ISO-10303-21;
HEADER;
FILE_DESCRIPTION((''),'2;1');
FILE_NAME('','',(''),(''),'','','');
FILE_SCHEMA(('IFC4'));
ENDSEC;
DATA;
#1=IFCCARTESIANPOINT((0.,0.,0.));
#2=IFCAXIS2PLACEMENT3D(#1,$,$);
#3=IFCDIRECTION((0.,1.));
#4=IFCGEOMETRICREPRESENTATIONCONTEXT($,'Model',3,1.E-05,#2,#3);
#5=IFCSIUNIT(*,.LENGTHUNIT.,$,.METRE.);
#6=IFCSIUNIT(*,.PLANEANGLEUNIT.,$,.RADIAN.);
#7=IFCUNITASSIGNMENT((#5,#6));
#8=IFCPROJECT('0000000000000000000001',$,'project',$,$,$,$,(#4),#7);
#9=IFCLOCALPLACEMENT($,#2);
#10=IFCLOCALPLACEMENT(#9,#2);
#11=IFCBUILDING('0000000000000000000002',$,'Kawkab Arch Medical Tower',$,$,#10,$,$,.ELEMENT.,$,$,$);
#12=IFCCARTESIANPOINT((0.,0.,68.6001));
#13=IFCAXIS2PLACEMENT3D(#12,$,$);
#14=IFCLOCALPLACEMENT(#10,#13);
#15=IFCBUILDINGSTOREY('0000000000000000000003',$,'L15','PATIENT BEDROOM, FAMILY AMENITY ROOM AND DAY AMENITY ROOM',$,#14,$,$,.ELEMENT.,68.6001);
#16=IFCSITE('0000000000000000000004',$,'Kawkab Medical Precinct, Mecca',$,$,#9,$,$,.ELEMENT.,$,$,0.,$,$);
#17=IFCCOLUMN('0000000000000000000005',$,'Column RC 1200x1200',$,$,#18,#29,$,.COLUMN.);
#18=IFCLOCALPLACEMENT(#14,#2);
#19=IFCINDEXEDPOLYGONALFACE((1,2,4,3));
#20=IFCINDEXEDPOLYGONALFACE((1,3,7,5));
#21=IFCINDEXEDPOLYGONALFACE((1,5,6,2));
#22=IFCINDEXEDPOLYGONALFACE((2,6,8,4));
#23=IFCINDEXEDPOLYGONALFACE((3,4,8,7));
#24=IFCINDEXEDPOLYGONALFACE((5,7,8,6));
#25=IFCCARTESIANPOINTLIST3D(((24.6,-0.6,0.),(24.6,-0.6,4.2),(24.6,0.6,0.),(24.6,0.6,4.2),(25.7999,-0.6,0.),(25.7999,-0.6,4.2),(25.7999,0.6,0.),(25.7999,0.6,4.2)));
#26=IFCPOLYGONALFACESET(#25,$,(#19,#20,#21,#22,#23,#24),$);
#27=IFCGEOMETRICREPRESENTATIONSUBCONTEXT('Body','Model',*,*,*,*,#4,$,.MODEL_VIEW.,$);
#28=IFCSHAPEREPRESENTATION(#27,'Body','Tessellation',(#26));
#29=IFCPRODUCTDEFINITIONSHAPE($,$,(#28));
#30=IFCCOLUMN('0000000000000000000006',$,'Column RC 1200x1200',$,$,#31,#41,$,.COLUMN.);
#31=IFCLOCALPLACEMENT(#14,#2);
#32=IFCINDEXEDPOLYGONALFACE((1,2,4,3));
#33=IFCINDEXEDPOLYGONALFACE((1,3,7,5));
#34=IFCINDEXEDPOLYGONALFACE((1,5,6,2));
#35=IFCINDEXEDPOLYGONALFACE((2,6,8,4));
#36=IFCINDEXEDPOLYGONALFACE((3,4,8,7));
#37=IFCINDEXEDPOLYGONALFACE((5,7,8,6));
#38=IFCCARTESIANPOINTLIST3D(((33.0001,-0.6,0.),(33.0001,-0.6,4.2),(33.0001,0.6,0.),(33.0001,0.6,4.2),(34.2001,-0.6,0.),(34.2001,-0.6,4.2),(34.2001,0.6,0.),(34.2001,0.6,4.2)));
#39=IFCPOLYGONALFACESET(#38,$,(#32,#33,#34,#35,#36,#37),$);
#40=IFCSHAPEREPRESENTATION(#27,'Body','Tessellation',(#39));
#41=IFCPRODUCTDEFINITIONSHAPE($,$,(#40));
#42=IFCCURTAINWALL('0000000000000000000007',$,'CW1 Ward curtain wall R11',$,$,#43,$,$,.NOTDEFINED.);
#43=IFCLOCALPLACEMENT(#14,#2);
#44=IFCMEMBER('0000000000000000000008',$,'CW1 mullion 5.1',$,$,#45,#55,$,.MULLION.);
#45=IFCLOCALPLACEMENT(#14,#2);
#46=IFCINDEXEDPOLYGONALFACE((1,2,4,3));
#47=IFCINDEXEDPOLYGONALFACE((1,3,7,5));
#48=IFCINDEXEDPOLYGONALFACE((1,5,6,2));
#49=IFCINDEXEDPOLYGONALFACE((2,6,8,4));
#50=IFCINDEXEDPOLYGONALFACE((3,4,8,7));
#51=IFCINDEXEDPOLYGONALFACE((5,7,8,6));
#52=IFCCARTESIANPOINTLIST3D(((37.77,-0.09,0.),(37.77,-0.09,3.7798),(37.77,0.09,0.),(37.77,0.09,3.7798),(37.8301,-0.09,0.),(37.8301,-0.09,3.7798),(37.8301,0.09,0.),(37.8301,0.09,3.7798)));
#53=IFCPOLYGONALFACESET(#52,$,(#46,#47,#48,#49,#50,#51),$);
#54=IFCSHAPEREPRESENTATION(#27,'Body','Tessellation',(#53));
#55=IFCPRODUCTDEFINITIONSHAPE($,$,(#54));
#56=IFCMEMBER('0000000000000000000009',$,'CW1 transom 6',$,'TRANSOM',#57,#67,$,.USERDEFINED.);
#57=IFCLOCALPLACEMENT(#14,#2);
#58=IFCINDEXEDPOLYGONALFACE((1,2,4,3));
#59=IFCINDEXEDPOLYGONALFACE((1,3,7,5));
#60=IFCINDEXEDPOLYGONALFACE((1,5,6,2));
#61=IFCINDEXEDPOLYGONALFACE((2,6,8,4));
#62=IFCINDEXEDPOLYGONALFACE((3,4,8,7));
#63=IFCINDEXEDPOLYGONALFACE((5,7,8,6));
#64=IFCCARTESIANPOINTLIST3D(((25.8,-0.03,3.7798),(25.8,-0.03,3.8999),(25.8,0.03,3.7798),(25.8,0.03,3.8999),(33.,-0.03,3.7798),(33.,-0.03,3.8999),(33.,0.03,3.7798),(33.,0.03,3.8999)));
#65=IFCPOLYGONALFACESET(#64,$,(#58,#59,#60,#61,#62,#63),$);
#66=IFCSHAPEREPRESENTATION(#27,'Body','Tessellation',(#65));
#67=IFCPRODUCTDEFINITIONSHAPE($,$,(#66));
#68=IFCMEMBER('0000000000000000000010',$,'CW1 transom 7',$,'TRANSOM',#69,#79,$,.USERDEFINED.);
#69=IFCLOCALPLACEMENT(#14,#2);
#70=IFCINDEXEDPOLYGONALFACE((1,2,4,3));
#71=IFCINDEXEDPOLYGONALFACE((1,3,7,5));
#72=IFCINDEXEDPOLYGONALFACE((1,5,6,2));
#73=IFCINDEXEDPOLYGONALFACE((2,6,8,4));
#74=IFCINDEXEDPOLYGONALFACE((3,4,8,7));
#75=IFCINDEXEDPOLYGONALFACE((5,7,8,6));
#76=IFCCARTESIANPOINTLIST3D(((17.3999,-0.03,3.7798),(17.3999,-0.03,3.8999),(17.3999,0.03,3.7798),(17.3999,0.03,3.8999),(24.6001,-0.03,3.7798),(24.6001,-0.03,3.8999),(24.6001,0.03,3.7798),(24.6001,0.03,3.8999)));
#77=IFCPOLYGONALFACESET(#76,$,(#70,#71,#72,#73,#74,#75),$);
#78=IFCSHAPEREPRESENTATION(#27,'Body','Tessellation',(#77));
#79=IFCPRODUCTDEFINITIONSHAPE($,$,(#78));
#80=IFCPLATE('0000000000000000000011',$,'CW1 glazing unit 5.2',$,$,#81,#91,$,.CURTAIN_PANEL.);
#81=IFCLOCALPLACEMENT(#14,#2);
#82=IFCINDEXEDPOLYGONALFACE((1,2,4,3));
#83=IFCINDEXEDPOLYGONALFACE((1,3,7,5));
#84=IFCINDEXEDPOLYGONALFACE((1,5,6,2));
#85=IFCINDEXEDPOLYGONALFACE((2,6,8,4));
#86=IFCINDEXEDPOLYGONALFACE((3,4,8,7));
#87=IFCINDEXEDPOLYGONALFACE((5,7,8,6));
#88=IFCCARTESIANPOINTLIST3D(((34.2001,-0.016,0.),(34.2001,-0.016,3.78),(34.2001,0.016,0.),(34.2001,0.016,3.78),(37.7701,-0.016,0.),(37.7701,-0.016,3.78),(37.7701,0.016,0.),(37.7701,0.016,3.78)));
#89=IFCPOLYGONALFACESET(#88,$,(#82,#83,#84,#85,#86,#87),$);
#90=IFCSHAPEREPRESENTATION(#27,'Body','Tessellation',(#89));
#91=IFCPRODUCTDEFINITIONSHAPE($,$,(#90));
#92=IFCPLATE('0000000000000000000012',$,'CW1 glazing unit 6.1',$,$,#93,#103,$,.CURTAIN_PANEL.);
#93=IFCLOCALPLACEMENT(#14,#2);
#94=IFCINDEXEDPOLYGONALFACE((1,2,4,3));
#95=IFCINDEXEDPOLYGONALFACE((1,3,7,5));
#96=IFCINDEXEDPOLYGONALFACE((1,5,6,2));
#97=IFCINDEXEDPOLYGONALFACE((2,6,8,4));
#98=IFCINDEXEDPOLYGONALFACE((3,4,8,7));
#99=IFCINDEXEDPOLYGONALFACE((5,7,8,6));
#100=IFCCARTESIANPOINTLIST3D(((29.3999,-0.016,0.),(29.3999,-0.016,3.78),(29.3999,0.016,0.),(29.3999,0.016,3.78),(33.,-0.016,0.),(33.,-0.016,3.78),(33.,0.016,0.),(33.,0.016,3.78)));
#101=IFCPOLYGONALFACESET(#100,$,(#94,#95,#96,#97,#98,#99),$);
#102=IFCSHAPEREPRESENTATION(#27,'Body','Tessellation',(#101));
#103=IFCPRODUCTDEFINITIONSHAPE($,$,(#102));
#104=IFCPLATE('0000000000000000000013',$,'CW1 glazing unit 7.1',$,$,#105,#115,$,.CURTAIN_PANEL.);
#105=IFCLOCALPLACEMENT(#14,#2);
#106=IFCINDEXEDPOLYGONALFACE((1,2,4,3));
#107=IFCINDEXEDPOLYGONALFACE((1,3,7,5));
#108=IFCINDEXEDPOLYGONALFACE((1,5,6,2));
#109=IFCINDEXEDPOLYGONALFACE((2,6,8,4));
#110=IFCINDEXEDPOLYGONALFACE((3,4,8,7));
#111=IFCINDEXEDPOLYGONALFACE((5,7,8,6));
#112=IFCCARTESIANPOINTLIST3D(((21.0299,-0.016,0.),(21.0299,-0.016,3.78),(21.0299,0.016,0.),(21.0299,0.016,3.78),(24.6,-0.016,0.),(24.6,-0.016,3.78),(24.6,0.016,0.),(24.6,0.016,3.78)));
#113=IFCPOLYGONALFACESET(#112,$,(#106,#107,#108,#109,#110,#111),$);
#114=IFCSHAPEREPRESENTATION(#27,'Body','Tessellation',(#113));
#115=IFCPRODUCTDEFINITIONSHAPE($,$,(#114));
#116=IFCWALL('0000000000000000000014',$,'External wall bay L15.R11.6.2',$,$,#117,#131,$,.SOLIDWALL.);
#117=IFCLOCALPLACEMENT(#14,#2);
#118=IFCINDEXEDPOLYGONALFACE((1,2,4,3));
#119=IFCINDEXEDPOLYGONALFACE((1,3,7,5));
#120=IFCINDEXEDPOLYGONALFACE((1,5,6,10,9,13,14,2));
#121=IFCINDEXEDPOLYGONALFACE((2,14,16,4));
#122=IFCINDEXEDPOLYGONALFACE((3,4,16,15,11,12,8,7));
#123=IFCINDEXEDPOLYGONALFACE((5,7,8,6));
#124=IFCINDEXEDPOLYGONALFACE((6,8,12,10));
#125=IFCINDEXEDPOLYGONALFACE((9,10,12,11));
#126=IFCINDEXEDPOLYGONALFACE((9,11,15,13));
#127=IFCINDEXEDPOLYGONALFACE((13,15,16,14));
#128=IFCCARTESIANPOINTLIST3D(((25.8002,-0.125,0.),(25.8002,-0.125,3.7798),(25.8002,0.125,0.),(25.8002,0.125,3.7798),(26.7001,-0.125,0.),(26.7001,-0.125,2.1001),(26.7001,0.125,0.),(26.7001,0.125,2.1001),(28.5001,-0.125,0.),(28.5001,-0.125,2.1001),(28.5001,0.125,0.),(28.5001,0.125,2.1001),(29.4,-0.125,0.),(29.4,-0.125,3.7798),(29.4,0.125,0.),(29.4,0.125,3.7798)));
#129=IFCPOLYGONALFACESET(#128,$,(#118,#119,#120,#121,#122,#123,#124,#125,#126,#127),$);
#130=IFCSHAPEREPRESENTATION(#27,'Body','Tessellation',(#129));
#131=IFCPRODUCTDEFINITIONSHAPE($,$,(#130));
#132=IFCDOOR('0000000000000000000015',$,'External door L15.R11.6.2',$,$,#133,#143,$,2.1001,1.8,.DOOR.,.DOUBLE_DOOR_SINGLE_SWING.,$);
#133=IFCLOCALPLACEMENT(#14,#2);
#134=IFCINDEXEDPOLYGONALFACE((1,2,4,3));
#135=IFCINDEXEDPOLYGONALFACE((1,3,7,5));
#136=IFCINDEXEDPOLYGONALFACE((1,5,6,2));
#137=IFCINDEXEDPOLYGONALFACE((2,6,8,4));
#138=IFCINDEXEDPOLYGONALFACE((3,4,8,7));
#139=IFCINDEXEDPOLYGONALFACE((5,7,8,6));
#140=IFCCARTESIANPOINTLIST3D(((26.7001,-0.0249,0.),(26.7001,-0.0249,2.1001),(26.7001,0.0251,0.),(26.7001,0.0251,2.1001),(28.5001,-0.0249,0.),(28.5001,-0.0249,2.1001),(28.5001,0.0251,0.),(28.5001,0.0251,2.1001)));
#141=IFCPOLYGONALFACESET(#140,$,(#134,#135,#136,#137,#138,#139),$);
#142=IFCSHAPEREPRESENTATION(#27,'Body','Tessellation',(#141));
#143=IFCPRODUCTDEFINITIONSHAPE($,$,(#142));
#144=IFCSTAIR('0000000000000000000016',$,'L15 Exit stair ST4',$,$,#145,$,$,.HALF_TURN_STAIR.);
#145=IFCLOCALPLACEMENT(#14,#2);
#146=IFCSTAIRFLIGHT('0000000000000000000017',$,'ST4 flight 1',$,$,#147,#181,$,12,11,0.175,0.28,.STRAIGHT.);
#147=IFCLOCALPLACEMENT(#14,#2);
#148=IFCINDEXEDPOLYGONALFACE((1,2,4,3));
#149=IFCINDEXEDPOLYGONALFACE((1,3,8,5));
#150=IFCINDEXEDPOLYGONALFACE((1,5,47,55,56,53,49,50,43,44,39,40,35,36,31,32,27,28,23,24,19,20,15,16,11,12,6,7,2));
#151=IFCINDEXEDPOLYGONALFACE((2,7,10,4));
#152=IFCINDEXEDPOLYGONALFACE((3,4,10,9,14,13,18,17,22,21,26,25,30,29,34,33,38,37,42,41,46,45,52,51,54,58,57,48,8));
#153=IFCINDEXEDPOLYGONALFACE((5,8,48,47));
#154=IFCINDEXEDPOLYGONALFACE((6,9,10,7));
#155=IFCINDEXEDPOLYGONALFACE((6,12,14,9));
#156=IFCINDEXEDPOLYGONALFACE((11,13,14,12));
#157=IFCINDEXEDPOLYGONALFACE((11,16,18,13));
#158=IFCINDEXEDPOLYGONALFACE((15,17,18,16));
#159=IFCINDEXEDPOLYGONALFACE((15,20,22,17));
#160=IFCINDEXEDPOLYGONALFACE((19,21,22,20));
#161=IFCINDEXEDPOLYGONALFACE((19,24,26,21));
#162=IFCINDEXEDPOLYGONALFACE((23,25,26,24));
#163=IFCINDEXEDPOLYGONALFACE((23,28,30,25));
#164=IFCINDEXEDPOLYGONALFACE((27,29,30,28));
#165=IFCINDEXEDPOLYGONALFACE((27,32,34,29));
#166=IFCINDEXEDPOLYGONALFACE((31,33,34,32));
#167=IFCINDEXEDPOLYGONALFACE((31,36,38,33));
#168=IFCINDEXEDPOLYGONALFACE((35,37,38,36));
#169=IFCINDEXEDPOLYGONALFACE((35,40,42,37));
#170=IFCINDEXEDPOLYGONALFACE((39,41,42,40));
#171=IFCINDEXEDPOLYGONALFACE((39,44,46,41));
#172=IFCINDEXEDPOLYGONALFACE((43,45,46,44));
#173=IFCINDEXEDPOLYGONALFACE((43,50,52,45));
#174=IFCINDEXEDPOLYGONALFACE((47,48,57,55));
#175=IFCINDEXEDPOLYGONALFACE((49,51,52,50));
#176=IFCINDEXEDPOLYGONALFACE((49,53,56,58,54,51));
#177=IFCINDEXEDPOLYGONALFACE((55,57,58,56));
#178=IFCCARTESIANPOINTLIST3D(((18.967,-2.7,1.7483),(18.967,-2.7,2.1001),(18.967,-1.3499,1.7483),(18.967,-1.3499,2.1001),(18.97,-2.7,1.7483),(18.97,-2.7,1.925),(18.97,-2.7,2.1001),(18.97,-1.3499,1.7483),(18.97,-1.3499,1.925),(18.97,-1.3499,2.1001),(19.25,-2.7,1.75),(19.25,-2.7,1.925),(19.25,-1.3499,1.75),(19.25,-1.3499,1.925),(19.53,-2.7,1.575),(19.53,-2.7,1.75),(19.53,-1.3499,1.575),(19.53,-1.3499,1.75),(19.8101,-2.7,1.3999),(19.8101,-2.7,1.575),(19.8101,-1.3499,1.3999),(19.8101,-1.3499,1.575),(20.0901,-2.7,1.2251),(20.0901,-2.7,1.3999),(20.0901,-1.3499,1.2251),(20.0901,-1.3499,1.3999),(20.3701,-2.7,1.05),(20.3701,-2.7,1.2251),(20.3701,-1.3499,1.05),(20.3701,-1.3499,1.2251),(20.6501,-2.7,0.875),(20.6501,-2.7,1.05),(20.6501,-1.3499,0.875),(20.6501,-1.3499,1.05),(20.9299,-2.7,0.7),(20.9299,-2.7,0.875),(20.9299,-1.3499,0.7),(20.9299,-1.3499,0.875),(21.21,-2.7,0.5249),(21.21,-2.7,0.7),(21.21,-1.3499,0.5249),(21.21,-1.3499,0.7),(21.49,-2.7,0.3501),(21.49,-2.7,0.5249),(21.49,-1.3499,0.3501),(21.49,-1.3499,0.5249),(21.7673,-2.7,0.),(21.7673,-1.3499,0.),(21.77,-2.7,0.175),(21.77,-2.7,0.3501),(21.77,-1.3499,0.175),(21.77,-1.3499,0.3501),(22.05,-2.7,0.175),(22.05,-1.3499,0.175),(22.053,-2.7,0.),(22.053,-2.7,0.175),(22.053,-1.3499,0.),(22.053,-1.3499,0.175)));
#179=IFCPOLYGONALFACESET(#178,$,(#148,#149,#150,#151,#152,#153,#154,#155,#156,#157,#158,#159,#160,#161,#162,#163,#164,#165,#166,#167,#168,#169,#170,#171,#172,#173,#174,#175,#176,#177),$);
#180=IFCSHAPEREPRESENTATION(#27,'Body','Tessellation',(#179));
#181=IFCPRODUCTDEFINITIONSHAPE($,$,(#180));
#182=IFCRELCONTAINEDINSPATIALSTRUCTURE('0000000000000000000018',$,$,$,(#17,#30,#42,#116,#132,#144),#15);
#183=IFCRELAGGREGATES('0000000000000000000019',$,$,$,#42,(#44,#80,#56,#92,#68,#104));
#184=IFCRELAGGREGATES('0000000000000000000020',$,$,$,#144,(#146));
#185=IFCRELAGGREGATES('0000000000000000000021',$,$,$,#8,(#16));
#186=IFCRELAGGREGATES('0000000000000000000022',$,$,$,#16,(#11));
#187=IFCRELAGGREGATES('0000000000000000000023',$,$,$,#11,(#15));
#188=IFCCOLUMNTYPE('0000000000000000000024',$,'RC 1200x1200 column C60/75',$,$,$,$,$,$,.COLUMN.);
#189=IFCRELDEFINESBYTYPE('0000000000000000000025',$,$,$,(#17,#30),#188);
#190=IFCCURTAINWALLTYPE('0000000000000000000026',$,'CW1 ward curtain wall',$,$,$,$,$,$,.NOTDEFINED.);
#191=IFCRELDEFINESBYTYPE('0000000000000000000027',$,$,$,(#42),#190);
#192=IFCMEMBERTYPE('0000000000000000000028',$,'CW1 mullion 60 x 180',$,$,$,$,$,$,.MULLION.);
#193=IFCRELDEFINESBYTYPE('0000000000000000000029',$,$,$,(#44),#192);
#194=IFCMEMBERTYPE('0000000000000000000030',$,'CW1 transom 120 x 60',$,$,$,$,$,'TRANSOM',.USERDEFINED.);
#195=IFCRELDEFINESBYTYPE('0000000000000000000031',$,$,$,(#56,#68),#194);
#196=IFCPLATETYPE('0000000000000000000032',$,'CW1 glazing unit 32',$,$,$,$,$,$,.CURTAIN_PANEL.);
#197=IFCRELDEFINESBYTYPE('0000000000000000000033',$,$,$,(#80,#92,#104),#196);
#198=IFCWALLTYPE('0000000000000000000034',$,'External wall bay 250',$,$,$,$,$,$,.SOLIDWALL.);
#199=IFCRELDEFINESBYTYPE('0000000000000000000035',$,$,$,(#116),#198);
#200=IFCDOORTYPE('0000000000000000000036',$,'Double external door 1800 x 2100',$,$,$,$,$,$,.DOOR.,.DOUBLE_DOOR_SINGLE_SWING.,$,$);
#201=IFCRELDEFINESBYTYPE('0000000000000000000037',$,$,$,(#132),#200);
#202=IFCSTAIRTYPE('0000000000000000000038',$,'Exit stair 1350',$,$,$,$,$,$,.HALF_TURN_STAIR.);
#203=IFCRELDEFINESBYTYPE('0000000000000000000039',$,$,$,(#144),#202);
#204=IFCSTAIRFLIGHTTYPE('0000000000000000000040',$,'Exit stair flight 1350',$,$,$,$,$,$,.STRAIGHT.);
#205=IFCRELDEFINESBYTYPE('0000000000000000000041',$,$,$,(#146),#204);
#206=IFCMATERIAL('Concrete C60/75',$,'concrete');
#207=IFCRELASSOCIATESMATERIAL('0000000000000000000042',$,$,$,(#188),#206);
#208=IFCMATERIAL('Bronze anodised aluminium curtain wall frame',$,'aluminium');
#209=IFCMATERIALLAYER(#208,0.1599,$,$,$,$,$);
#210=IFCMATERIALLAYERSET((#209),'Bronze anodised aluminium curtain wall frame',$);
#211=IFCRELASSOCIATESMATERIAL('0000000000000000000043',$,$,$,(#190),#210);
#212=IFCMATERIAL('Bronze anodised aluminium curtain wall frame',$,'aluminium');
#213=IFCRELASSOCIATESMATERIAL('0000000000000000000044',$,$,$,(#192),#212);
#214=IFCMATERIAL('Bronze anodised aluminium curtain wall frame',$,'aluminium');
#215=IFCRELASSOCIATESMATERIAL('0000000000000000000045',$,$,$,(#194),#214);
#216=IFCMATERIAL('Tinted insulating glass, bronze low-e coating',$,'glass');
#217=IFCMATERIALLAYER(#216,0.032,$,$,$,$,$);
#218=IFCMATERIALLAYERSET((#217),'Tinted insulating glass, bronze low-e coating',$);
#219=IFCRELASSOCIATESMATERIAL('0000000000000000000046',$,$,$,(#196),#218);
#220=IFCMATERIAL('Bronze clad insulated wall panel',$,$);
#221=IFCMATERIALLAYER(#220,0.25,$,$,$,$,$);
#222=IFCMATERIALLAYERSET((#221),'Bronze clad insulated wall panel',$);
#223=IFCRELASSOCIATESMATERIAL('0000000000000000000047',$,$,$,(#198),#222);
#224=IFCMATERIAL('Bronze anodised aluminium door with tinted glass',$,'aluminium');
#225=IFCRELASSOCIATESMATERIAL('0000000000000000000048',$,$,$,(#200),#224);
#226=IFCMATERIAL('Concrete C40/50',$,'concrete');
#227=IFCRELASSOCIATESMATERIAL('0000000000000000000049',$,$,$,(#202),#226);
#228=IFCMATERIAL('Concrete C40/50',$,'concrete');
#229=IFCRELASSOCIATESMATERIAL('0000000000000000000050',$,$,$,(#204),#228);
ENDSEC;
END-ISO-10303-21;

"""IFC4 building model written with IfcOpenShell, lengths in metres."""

from ifc_helpers import new_model, si_unit, direction, frame, frame_2d, origin, origin_2d, place, context, subcontext, project, spatial, polyline, rectangle, outline, extrude, material, layer, layer_set, material_profile, profile_set, type_object, element, fill, aggregate, save


model = new_model("IFC4")

# Units and contexts
model_context = context("Model", 3, precision=1e-05, world=origin(), true_north=direction((0.0, 1.0)))
body_context = subcontext(model_context, "Body", "Model", "MODEL_VIEW")
ifc_project = project(units=[si_unit("LENGTHUNIT", "METRE"), si_unit("PLANEANGLEUNIT", "RADIAN")], contexts=[model_context])

# Site, building, storey
site_placement = place(None, origin())
site = spatial("IfcSite", under=ifc_project, at=site_placement, Name="Kawkab Medical Precinct, Mecca", CompositionType="ELEMENT", RefElevation=0.0)
building_placement = place(site_placement, origin())
building = spatial("IfcBuilding", under=site, at=building_placement, Name="Kawkab Arch Medical Tower", CompositionType="ELEMENT")
storey_placement = place(building_placement, frame((0.0, 0.0, 68.6001)))
storey = spatial("IfcBuildingStorey", under=building, at=storey_placement, Name="L15", Description="PATIENT BEDROOM, FAMILY AMENITY ROOM AND DAY AMENITY ROOM", CompositionType="ELEMENT", Elevation=68.6001)

# Columns
ifc_material_1 = material(Name="Concrete C60/75", Category="concrete")
ifc_material_profile_1 = material_profile(ifc_material_1, rectangle(XDim=1.2, YDim=1.2, at=origin_2d()), Name="RC 1200x1200")
ifc_profile_set_1 = profile_set([ifc_material_profile_1], Name="Concrete C60/75")
column_type = type_object("IfcColumnType", Name="RC 1200x1200 column C60/75", PredefinedType="COLUMN", material=ifc_profile_set_1)
for number, where, z_axis, x_axis, name in (
    (1, (25.2, 0.0, 0.0), (0.0, 0.0, 1.0), (1.0, 0.0, 0.0), "Column RC 1200x1200"),
    (2, (33.6001, 0.0, 0.0), (0.0, 0.0, 1.0), (1.0, 0.0, 0.0), "Column RC 1200x1200"),
):
    element("IfcColumn", number, at=place(storey_placement, frame(where, z_axis=z_axis, x_axis=x_axis)), inside=storey, type_object=column_type, Name=name, PredefinedType="COLUMN", context=body_context, shape_type="SweptSolid", body=[
        extrude(rectangle(XDim=1.2, YDim=1.2, at=origin_2d()), origin(), (0.0, 0.0, 1.0), 4.2),
    ])

# Curtain wall, members, plates
ifc_material_2 = material(Name="Bronze anodised aluminium curtain wall frame", Category="aluminium")
ifc_layer_1 = layer(ifc_material_2, 0.1599)
ifc_layer_set_1 = layer_set([ifc_layer_1], Name="Bronze anodised aluminium curtain wall frame")
curtain_wall_type = type_object("IfcCurtainWallType", Name="CW1 ward curtain wall", PredefinedType="NOTDEFINED", material=ifc_layer_set_1)
placement = place(storey_placement, origin())
curtain_wall = element("IfcCurtainWall", 3, at=placement, inside=storey, type_object=curtain_wall_type, Name="CW1 Ward curtain wall R11", PredefinedType="NOTDEFINED")
ifc_material_3 = material(Name="Bronze anodised aluminium curtain wall frame", Category="aluminium")
ifc_material_profile_2 = material_profile(ifc_material_3, rectangle(XDim=0.1799, YDim=0.0601, at=origin_2d()), Name="AL 60x180")
ifc_profile_set_2 = profile_set([ifc_material_profile_2], Name="Bronze anodised aluminium curtain wall frame")
member_type_1 = type_object("IfcMemberType", Name="CW1 mullion 60 x 180", PredefinedType="MULLION", material=ifc_profile_set_2)
member_1_placement = place(storey_placement, frame((37.8, 0.0, 0.0), z_axis=(0.0, 0.0, 1.0), x_axis=(0.0, -1.0, 0.0)))
member_1 = element("IfcMember", 4, at=member_1_placement, type_object=member_type_1, Name="CW1 mullion 5.1", PredefinedType="MULLION", context=body_context, shape_type="SweptSolid", body=[
    extrude(rectangle(XDim=0.1799, YDim=0.0601, at=origin_2d()), origin(), (0.0, 0.0, 1.0), 3.7798),
])
ifc_material_4 = material(Name="Bronze anodised aluminium curtain wall frame", Category="aluminium")
ifc_material_profile_3 = material_profile(ifc_material_4, rectangle(XDim=0.0601, YDim=0.1201, at=origin_2d()), Name="AL 60x120")
ifc_profile_set_3 = profile_set([ifc_material_profile_3], Name="Bronze anodised aluminium curtain wall frame")
member_type_2 = type_object("IfcMemberType", Name="CW1 transom 120 x 60", ElementType="TRANSOM", PredefinedType="USERDEFINED", material=ifc_profile_set_3)
member_2_placement = place(storey_placement, frame((33.0, 0.0, 3.8398), z_axis=(-1.0, 0.0, 0.0), x_axis=(0.0, -1.0, 0.0)))
member_2 = element("IfcMember", 5, at=member_2_placement, type_object=member_type_2, Name="CW1 transom 6", ObjectType="TRANSOM", PredefinedType="USERDEFINED", context=body_context, shape_type="SweptSolid", body=[
    extrude(rectangle(XDim=0.0601, YDim=0.1201, at=origin_2d()), origin(), (0.0, 0.0, 1.0), 7.2),
])
member_3_placement = place(storey_placement, frame((24.6001, 0.0, 3.8398), z_axis=(-1.0, 0.0, 0.0), x_axis=(0.0, -1.0, 0.0)))
member_3 = element("IfcMember", 6, at=member_3_placement, type_object=member_type_2, Name="CW1 transom 7", ObjectType="TRANSOM", PredefinedType="USERDEFINED", context=body_context, shape_type="SweptSolid", body=[
    extrude(rectangle(XDim=0.0601, YDim=0.1201, at=origin_2d()), origin(), (0.0, 0.0, 1.0), 7.2002),
])
ifc_material_5 = material(Name="Tinted insulating glass, bronze low-e coating", Category="glass")
ifc_layer_2 = layer(ifc_material_5, 0.032)
ifc_layer_set_2 = layer_set([ifc_layer_2], Name="Tinted insulating glass, bronze low-e coating")
plate_type = type_object("IfcPlateType", Name="CW1 glazing unit 32", PredefinedType="CURTAIN_PANEL", material=ifc_layer_set_2)
plate_1_placement = place(storey_placement, frame((35.9851, 0.0, 0.0), z_axis=(0.0, 0.0, 1.0), x_axis=(-1.0, 0.0, 0.0)))
plate_1 = element("IfcPlate", 7, at=plate_1_placement, type_object=plate_type, Name="CW1 glazing unit 5.2", PredefinedType="CURTAIN_PANEL", context=body_context, shape_type="SweptSolid", body=[
    extrude(rectangle(XDim=3.5701, YDim=0.032, at=origin_2d()), origin(), (0.0, 0.0, 1.0), 3.78),
])
plate_2_placement = place(storey_placement, frame((31.2, 0.0, 0.0), z_axis=(0.0, 0.0, 1.0), x_axis=(-1.0, 0.0, 0.0)))
plate_2 = element("IfcPlate", 8, at=plate_2_placement, type_object=plate_type, Name="CW1 glazing unit 6.1", PredefinedType="CURTAIN_PANEL", context=body_context, shape_type="SweptSolid", body=[
    extrude(rectangle(XDim=3.6001, YDim=0.032, at=origin_2d()), origin(), (0.0, 0.0, 1.0), 3.78),
])
plate_3_placement = place(storey_placement, frame((22.8149, 0.0, 0.0), z_axis=(0.0, 0.0, 1.0), x_axis=(-1.0, 0.0, 0.0)))
plate_3 = element("IfcPlate", 9, at=plate_3_placement, type_object=plate_type, Name="CW1 glazing unit 7.1", PredefinedType="CURTAIN_PANEL", context=body_context, shape_type="SweptSolid", body=[
    extrude(rectangle(XDim=3.5701, YDim=0.032, at=origin_2d()), origin(), (0.0, 0.0, 1.0), 3.78),
])
aggregate(curtain_wall, [member_1, plate_1, member_2, plate_2, member_3, plate_3])

# Wall, opening, door
ifc_material_6 = material(Name="Bronze clad insulated wall panel")
ifc_layer_3 = layer(ifc_material_6, 0.25)
ifc_layer_set_3 = layer_set([ifc_layer_3], Name="Bronze clad insulated wall panel")
wall_type = type_object("IfcWallType", Name="External wall bay 250", PredefinedType="SOLIDWALL", material=ifc_layer_set_3)
wall_placement = place(storey_placement, frame((29.3999, 0.0, 0.0), z_axis=(0.0, 0.0, 1.0), x_axis=(-1.0, 0.0, 0.0)))
wall = element("IfcWall", 10, at=wall_placement, inside=storey, type_object=wall_type, Name="External wall bay L15.R11.6.2", PredefinedType="SOLIDWALL", context=body_context, shape_type="SweptSolid", body=[
    extrude(rectangle(XDim=3.5999, YDim=0.25, at=frame_2d((1.7998, 0.0))), origin(), (0.0, 0.0, 1.0), 3.7798),
])
opening_placement = place(wall_placement, frame((0.8999, 0.0, 0.0)))
opening = element("IfcOpeningElement", 11, at=opening_placement, cuts=wall, PredefinedType="OPENING", context=body_context, shape_type="SweptSolid", body=[
    extrude(rectangle(XDim=1.8, YDim=2.1001, at=frame_2d((0.8999, 1.05))), frame((0.0, 0.135, 0.0), z_axis=(0.0, -1.0, 0.0), x_axis=(1.0, 0.0, 0.0)), (0.0, 0.0, 1.0), 0.27),
])
ifc_material_7 = material(Name="Bronze anodised aluminium door with tinted glass", Category="aluminium")
door_type = type_object("IfcDoorType", Name="Double external door 1800 x 2100", OperationType="DOUBLE_DOOR_SINGLE_SWING", PredefinedType="DOOR", material=ifc_material_7)
door_placement = place(opening_placement, origin())
door = element("IfcDoor", 12, at=door_placement, inside=storey, type_object=door_type, Name="External door L15.R11.6.2", OperationType="DOUBLE_DOOR_SINGLE_SWING", OverallHeight=2.1001, OverallWidth=1.8, PredefinedType="DOOR", context=body_context, shape_type="SweptSolid", body=[
    extrude(rectangle(XDim=1.8, YDim=2.1001, at=frame_2d((0.8999, 1.05))), frame((0.0, 0.0249, 0.0), z_axis=(0.0, -1.0, 0.0), x_axis=(1.0, 0.0, 0.0)), (0.0, 0.0, 1.0), 0.05),
])
fill(opening, door)

# Stair, stair flight
ifc_material_8 = material(Name="Concrete C40/50", Category="concrete")
stair_type = type_object("IfcStairType", Name="Exit stair 1350", PredefinedType="HALF_TURN_STAIR", material=ifc_material_8)
stair = element("IfcStair", 13, at=placement, inside=storey, type_object=stair_type, Name="L15 Exit stair ST4", PredefinedType="HALF_TURN_STAIR")
ifc_material_9 = material(Name="Concrete C40/50", Category="concrete")
stair_flight_type = type_object("IfcStairFlightType", Name="Exit stair flight 1350", PredefinedType="STRAIGHT", material=ifc_material_9)
stair_flight_placement = place(storey_placement, frame((22.05, -2.0249, 0.0), z_axis=(0.0, 0.0, 1.0), x_axis=(-1.0, 0.0, 0.0)))
stair_flight = element("IfcStairFlight", 14, at=stair_flight_placement, type_object=stair_flight_type, Name="ST4 flight 1", NumberOfRisers=12, NumberOfTreads=11, PredefinedType="STRAIGHT", RiserHeight=0.175, TreadLength=0.28, context=body_context, shape_type="SweptSolid", body=[
    extrude(outline(polyline([(-0.0029, 0.0), (-0.0029, 0.175), (0.0, 0.175), (0.28, 0.175), (0.28, 0.3501), (0.5601, 0.3501), (0.5601, 0.5249), (0.8401, 0.5249), (0.8401, 0.7), (1.1201, 0.7), (1.1201, 0.875), (1.3999, 0.875), (1.3999, 1.05), (1.6799, 1.05), (1.6799, 1.2251), (1.96, 1.2251), (1.96, 1.3999), (2.24, 1.3999), (2.24, 1.575), (2.52, 1.575), (2.52, 1.75), (2.8, 1.75), (2.8, 1.925), (3.0801, 1.925), (3.0801, 2.1001), (3.083, 2.1001), (3.083, 1.7483), (3.0801, 1.7483), (0.2827, 0.0), (-0.0029, 0.0)])), frame((0.0, 0.675, 0.0), z_axis=(0.0, -1.0, 0.0), x_axis=(1.0, 0.0, 0.0)), (0.0, 0.0, 1.0), 1.3501),
])
aggregate(stair, [stair_flight])

save(model, "model.ifc")
